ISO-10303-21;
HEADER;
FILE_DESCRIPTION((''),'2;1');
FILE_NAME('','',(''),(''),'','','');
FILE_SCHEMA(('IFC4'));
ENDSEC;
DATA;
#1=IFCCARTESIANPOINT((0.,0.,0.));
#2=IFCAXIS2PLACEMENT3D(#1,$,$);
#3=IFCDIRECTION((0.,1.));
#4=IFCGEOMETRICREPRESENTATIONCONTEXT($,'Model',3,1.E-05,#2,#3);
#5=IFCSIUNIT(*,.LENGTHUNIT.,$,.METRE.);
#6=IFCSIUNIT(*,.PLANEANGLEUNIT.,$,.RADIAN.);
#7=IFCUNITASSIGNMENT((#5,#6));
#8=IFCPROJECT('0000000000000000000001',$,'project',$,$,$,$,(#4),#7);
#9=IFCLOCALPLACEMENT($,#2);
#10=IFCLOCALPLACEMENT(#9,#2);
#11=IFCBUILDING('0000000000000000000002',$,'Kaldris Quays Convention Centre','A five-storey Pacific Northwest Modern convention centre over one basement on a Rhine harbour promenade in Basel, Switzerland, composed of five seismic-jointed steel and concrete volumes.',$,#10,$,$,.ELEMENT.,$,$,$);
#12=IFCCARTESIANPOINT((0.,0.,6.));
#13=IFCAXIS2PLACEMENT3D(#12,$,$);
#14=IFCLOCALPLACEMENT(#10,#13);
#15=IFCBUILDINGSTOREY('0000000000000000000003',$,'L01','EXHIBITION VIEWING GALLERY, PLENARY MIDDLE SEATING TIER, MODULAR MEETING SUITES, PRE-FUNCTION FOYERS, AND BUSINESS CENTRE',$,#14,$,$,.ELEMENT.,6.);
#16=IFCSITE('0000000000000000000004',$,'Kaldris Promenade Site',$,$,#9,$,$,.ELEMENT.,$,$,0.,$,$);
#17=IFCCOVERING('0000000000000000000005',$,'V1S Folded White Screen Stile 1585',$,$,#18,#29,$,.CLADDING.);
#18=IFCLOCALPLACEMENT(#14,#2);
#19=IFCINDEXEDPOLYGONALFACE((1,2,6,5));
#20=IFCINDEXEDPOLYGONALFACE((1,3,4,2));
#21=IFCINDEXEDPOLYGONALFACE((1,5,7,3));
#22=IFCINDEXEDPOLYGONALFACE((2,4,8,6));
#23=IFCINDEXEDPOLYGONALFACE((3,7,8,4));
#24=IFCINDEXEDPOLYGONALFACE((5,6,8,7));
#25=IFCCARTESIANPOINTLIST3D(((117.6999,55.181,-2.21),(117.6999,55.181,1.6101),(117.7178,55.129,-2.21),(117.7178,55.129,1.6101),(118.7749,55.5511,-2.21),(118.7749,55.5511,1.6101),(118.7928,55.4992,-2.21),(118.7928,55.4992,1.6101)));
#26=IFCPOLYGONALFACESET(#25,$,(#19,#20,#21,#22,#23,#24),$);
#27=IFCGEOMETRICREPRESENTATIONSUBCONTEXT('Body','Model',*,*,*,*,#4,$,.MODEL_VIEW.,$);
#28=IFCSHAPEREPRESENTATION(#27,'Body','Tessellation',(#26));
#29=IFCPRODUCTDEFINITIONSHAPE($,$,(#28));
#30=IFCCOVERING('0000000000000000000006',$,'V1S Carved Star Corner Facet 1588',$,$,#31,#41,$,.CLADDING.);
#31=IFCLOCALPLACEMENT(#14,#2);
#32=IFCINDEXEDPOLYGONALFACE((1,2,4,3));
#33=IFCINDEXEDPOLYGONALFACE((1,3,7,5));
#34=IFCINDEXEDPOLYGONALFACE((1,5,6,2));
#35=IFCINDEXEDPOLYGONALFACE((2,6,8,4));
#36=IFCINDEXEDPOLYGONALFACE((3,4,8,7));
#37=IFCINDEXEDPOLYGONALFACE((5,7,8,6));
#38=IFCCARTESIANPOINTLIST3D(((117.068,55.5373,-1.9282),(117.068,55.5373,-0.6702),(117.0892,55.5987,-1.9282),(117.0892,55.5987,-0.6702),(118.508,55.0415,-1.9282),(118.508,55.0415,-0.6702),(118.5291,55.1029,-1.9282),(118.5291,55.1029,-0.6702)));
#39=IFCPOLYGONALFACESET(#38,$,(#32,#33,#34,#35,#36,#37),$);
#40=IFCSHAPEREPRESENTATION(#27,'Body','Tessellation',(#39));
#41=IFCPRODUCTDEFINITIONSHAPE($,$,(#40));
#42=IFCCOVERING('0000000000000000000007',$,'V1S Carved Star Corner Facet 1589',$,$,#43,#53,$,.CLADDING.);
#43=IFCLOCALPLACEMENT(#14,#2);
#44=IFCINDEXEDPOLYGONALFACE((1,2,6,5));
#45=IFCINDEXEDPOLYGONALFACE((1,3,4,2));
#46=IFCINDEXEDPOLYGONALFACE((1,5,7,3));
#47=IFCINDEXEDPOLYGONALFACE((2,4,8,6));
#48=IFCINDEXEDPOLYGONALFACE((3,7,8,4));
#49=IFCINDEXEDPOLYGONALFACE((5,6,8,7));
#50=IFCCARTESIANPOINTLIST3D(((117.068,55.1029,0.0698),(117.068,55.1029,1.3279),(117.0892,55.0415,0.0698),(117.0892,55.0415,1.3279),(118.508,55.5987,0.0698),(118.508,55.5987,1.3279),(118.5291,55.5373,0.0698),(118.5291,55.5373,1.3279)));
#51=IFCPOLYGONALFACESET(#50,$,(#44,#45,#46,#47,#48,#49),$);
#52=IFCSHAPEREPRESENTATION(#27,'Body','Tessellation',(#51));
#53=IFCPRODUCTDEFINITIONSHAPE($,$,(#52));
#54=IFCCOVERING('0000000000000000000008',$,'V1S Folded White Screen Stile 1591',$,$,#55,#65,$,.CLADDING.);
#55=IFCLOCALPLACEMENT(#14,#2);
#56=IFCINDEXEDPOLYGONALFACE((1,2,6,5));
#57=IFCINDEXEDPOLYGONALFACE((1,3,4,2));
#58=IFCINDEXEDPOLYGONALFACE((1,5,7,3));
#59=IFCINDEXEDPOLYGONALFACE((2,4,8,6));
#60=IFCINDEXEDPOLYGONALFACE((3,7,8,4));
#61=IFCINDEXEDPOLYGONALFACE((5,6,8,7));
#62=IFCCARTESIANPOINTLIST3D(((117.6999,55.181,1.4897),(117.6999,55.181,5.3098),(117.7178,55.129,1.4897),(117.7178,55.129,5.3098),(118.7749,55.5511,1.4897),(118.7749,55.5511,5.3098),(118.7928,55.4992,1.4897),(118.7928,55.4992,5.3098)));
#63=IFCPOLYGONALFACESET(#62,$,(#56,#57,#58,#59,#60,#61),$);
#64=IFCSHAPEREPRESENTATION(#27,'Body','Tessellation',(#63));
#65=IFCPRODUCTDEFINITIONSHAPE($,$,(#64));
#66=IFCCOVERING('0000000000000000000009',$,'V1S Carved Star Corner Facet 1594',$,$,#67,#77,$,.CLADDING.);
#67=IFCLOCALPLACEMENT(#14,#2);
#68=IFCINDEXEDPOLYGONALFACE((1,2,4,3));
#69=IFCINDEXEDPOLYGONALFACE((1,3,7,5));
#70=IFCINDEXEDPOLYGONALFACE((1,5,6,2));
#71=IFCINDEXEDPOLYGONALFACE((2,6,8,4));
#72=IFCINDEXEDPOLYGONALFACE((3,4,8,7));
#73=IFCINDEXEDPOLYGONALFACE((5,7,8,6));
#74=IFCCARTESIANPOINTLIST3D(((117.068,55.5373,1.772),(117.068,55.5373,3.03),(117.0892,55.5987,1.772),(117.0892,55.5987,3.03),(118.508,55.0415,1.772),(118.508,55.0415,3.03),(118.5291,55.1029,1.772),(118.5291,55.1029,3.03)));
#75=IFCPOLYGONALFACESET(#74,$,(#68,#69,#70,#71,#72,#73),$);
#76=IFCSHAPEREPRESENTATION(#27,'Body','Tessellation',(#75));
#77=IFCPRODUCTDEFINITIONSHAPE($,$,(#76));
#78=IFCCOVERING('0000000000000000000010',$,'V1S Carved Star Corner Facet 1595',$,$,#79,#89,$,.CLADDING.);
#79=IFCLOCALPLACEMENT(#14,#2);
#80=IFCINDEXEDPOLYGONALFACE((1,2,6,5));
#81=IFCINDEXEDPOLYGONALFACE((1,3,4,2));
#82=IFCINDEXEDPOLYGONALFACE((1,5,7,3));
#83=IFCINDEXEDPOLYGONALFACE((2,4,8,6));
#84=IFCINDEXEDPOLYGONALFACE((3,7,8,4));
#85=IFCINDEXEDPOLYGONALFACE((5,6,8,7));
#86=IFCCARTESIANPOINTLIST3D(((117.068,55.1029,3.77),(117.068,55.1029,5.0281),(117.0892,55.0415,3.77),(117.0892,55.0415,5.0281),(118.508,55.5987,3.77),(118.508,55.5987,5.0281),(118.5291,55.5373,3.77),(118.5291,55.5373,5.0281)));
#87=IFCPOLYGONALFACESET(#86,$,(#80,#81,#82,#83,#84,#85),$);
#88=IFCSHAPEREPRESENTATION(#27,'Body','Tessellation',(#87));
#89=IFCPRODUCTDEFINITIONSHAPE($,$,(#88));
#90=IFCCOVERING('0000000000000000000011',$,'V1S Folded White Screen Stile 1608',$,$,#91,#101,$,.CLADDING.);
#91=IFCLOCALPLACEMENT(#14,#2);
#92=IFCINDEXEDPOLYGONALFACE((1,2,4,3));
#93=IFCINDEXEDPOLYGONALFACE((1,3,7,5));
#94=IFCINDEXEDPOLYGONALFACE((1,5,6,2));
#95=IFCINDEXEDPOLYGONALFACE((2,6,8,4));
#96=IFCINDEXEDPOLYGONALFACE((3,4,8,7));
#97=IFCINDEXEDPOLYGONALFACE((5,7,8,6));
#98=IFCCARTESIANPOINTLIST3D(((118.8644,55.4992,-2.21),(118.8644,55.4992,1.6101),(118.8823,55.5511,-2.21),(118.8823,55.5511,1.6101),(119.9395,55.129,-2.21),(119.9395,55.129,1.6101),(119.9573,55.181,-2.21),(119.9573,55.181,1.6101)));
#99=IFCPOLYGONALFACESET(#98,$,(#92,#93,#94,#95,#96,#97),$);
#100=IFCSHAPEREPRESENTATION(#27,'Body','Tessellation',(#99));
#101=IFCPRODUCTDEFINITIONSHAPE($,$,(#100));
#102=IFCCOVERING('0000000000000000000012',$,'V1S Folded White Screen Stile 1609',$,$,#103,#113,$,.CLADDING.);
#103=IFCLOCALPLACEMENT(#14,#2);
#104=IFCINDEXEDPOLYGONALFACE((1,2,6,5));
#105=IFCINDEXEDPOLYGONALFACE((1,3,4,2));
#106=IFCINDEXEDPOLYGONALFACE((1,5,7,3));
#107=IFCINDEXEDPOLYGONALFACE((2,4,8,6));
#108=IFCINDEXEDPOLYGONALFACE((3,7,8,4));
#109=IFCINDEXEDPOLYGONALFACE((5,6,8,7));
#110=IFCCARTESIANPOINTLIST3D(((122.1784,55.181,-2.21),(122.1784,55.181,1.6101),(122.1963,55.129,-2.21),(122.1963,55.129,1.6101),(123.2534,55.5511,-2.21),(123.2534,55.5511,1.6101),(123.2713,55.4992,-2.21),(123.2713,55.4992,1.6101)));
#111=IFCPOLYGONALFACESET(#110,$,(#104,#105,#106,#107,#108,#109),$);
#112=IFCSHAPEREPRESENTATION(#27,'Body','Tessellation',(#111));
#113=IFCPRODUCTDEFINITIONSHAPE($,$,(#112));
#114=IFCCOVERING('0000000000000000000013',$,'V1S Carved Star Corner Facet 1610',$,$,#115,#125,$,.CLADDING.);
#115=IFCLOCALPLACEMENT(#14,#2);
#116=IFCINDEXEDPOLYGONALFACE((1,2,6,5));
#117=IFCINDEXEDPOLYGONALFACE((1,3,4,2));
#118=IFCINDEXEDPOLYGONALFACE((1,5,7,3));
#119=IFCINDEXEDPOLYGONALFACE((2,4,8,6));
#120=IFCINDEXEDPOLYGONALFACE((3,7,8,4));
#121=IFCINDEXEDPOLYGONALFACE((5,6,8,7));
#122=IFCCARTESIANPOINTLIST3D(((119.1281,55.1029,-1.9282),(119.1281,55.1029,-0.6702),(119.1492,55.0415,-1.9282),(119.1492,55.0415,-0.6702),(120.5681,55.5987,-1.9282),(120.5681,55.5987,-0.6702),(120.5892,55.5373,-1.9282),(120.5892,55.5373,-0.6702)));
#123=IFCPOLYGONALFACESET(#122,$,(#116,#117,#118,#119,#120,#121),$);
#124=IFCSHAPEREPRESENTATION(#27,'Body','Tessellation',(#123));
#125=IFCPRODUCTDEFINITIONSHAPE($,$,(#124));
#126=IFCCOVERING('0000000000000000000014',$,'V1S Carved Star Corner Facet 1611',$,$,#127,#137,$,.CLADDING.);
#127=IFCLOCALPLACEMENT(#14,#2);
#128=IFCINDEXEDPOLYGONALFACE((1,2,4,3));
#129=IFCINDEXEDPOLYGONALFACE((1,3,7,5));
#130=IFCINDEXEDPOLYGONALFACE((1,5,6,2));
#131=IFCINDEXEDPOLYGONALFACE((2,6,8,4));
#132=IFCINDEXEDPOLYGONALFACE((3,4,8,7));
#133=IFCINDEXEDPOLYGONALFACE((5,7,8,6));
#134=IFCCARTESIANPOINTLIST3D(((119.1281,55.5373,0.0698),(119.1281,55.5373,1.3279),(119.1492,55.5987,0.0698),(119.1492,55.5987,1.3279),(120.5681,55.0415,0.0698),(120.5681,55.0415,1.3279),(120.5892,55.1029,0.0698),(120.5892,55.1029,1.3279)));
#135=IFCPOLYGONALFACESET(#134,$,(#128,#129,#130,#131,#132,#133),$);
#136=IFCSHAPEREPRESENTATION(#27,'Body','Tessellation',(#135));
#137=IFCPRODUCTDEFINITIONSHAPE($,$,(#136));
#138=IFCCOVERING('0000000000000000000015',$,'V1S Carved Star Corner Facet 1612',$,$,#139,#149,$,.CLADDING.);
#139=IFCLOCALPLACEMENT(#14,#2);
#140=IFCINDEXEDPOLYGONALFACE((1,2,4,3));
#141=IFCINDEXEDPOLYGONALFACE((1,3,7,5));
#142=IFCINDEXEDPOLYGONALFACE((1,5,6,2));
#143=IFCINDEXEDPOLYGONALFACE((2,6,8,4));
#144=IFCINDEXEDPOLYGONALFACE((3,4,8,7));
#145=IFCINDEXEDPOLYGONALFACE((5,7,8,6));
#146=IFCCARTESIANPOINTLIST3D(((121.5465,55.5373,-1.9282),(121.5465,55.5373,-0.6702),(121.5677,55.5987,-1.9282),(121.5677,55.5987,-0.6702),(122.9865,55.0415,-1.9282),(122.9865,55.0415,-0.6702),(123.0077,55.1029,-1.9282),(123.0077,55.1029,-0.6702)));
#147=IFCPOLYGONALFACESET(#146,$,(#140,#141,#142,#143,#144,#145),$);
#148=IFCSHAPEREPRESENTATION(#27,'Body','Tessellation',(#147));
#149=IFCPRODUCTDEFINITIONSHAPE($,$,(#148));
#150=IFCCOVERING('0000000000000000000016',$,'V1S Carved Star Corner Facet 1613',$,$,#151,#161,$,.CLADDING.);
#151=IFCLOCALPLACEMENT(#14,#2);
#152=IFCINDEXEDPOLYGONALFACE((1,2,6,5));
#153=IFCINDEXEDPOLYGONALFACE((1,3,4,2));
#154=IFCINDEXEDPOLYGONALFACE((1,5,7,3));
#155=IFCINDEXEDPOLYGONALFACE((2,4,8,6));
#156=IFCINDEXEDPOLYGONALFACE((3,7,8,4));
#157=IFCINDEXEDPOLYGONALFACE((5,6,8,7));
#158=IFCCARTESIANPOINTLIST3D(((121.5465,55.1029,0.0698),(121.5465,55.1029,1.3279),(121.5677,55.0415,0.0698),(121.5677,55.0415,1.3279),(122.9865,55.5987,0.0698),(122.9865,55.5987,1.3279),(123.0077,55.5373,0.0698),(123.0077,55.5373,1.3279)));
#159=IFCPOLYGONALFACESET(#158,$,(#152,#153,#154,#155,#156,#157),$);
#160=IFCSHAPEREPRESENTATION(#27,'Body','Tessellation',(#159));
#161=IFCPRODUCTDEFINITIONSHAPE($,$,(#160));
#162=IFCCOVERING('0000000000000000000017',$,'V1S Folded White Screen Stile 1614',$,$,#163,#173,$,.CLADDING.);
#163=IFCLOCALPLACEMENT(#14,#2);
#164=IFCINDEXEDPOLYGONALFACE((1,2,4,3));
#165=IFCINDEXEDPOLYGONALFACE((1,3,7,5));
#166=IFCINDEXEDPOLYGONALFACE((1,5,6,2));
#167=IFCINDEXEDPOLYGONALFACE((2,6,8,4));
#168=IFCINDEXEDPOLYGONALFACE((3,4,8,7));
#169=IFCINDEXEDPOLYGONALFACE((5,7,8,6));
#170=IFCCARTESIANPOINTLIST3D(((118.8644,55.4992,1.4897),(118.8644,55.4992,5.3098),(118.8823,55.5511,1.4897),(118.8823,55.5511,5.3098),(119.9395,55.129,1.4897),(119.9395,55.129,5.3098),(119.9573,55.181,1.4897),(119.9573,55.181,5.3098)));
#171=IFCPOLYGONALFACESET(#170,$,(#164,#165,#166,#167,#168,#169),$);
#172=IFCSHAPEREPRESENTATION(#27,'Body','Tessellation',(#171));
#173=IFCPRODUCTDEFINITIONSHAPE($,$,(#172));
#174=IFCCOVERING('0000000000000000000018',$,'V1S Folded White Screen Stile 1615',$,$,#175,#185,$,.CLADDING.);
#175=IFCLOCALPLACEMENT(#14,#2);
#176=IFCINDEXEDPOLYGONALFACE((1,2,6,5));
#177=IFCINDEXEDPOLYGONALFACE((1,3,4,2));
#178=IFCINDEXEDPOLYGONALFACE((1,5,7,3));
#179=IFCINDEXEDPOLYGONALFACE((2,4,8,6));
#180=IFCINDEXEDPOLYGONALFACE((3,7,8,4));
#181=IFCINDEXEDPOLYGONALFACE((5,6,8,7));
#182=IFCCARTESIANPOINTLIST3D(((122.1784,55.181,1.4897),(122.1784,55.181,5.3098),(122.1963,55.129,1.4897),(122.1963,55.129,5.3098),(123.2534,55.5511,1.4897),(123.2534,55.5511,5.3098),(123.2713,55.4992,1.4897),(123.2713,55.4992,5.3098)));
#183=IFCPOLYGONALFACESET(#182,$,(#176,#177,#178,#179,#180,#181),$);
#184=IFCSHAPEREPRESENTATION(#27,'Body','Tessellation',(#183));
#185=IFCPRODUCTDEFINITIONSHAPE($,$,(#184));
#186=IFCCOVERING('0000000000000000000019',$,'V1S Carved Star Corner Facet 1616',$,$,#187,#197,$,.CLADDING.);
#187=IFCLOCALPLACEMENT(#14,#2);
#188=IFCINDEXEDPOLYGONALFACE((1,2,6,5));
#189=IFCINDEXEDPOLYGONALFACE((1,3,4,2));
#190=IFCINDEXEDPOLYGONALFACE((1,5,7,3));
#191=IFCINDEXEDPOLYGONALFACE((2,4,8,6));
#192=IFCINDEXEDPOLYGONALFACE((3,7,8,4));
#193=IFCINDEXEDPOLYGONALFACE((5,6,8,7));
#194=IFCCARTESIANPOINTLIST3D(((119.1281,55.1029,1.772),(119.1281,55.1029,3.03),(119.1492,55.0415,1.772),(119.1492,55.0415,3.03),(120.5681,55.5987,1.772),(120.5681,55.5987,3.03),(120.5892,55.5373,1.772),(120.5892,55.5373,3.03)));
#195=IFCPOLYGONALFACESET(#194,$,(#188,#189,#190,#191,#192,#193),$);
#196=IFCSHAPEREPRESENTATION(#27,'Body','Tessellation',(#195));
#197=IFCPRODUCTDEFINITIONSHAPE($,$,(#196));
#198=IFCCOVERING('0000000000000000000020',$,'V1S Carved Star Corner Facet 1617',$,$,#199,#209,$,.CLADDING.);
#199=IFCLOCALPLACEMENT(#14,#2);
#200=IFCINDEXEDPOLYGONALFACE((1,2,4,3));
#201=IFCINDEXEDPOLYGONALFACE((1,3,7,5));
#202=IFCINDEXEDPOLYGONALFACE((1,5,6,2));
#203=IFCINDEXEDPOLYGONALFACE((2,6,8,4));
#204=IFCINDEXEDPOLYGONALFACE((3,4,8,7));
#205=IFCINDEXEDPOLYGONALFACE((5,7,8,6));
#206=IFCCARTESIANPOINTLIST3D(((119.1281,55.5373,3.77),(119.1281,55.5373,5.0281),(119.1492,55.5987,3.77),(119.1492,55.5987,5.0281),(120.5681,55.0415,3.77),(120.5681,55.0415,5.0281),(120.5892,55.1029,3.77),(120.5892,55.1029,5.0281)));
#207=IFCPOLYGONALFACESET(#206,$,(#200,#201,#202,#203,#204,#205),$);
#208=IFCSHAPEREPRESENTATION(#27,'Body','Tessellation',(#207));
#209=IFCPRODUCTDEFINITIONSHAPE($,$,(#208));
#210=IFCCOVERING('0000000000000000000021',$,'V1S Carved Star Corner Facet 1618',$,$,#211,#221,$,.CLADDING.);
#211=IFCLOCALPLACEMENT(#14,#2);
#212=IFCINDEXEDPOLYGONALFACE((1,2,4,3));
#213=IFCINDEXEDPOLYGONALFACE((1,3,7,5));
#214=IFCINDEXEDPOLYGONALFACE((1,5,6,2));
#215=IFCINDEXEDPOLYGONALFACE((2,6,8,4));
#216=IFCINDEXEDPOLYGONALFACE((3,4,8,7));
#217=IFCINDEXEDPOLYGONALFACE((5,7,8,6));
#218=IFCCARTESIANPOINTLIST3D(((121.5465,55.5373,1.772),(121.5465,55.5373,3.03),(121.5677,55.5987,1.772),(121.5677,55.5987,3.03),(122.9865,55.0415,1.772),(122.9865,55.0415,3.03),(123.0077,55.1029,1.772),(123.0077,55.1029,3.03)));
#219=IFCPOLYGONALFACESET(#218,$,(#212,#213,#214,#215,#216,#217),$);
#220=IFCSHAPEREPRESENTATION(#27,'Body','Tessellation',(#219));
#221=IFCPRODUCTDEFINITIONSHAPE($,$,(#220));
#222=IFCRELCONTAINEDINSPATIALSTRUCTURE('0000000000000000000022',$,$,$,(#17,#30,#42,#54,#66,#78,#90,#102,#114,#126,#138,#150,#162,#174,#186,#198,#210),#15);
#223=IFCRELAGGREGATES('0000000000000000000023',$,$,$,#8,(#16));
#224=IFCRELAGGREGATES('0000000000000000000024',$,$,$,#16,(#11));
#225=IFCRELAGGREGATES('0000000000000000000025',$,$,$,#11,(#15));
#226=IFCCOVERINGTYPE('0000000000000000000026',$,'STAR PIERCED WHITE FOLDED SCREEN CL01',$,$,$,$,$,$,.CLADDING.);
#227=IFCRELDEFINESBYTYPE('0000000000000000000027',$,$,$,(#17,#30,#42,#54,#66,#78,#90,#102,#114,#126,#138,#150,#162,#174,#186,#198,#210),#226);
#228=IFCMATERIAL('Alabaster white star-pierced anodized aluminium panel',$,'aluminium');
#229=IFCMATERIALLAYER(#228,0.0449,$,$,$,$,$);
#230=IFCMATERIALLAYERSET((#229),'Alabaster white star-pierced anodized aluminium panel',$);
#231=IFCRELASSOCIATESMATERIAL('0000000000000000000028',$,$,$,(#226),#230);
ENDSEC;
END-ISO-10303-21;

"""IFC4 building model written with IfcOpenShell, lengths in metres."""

from ifc_helpers import new_model, si_unit, direction, frame, origin, origin_2d, place, context, subcontext, project, spatial, rectangle, extrude, material, layer, layer_set, type_object, element, save


model = new_model("IFC4")

# Units and contexts
model_context = context("Model", 3, precision=1e-05, world=origin(), true_north=direction((0.0, 1.0)))
body_context = subcontext(model_context, "Body", "Model", "MODEL_VIEW")
ifc_project = project(units=[si_unit("LENGTHUNIT", "METRE"), si_unit("PLANEANGLEUNIT", "RADIAN")], contexts=[model_context])

# Site, building, storey
site_placement = place(None, origin())
site = spatial("IfcSite", under=ifc_project, at=site_placement, Name="Kaldris Promenade Site", CompositionType="ELEMENT", RefElevation=0.0)
building_placement = place(site_placement, origin())
building = spatial("IfcBuilding", under=site, at=building_placement, Name="Kaldris Quays Convention Centre", Description="A five-storey Pacific Northwest Modern convention centre over one basement on a Rhine harbour promenade in Basel, Switzerland, composed of five seismic-jointed steel and concrete volumes.", CompositionType="ELEMENT")
storey_placement = place(building_placement, frame((0.0, 0.0, 6.0)))
storey = spatial("IfcBuildingStorey", under=building, at=storey_placement, Name="L01", Description="EXHIBITION VIEWING GALLERY, PLENARY MIDDLE SEATING TIER, MODULAR MEETING SUITES, PRE-FUNCTION FOYERS, AND BUSINESS CENTRE", CompositionType="ELEMENT", Elevation=6.0)

# Coverings
ifc_material_1 = material(Name="Alabaster white star-pierced anodized aluminium panel", Category="aluminium")
ifc_layer_1 = layer(ifc_material_1, 0.0449)
ifc_layer_set_1 = layer_set([ifc_layer_1], Name="Alabaster white star-pierced anodized aluminium panel")
covering_type = type_object("IfcCoveringType", Name="STAR PIERCED WHITE FOLDED SCREEN CL01", PredefinedType="CLADDING", material=ifc_layer_set_1)
covering_1_placement = place(storey_placement, frame((118.2463, 55.3401, -2.21), z_axis=(0.0, 0.0, 1.0), x_axis=(0.945519, 0.325568, 0.0)))
element("IfcCovering", 1, at=covering_1_placement, inside=storey, type_object=covering_type, Name="V1S Folded White Screen Stile 1585", PredefinedType="CLADDING", context=body_context, shape_type="SweptSolid", body=[
    extrude(rectangle(XDim=1.137, YDim=0.0549, at=origin_2d()), origin(), (0.0, 0.0, 1.0), 3.8201),
])
for number, where, z_axis, x_axis, name in (
    (2, (117.7986, 55.3201, -1.9282), (0.0, 0.0, 1.0), (0.945519, -0.325568, 0.0), "V1S Carved Star Corner Facet 1588"),
    (3, (117.7986, 55.3201, 0.0698), (0.0, 0.0, 1.0), (0.945519, 0.325568, 0.0), "V1S Carved Star Corner Facet 1589"),
):
    element("IfcCovering", number, at=place(storey_placement, frame(where, z_axis=z_axis, x_axis=x_axis)), inside=storey, type_object=covering_type, Name=name, PredefinedType="CLADDING", context=body_context, shape_type="SweptSolid", body=[
        extrude(rectangle(XDim=1.5229, YDim=0.0649, at=origin_2d()), origin(), (0.0, 0.0, 1.0), 1.2581),
    ])
covering_2_placement = place(storey_placement, frame((118.2463, 55.3401, 1.4897), z_axis=(0.0, 0.0, 1.0), x_axis=(0.945519, 0.325568, 0.0)))
element("IfcCovering", 4, at=covering_2_placement, inside=storey, type_object=covering_type, Name="V1S Folded White Screen Stile 1591", PredefinedType="CLADDING", context=body_context, shape_type="SweptSolid", body=[
    extrude(rectangle(XDim=1.137, YDim=0.0549, at=origin_2d()), origin(), (0.0, 0.0, 1.0), 3.8201),
])
for number, where, z_axis, x_axis, name in (
    (5, (117.7986, 55.3201, 1.772), (0.0, 0.0, 1.0), (0.945519, -0.325568, 0.0), "V1S Carved Star Corner Facet 1594"),
    (6, (117.7986, 55.3201, 3.77), (0.0, 0.0, 1.0), (0.945519, 0.325568, 0.0), "V1S Carved Star Corner Facet 1595"),
):
    element("IfcCovering", number, at=place(storey_placement, frame(where, z_axis=z_axis, x_axis=x_axis)), inside=storey, type_object=covering_type, Name=name, PredefinedType="CLADDING", context=body_context, shape_type="SweptSolid", body=[
        extrude(rectangle(XDim=1.5229, YDim=0.0649, at=origin_2d()), origin(), (0.0, 0.0, 1.0), 1.2581),
    ])
for number, where, z_axis, x_axis, name in (
    (7, (119.4109, 55.3401, -2.21), (0.0, 0.0, 1.0), (0.945519, -0.325568, 0.0), "V1S Folded White Screen Stile 1608"),
    (8, (122.7249, 55.3401, -2.21), (0.0, 0.0, 1.0), (0.945519, 0.325568, 0.0), "V1S Folded White Screen Stile 1609"),
):
    element("IfcCovering", number, at=place(storey_placement, frame(where, z_axis=z_axis, x_axis=x_axis)), inside=storey, type_object=covering_type, Name=name, PredefinedType="CLADDING", context=body_context, shape_type="SweptSolid", body=[
        extrude(rectangle(XDim=1.137, YDim=0.0549, at=origin_2d()), origin(), (0.0, 0.0, 1.0), 3.8201),
    ])
for number, where, z_axis, x_axis, name in (
    (9, (119.8586, 55.3201, -1.9282), (0.0, 0.0, 1.0), (0.945519, 0.325568, 0.0), "V1S Carved Star Corner Facet 1610"),
    (10, (119.8586, 55.3201, 0.0698), (0.0, 0.0, 1.0), (0.945519, -0.325568, 0.0), "V1S Carved Star Corner Facet 1611"),
    (11, (122.2771, 55.3201, -1.9282), (0.0, 0.0, 1.0), (0.945519, -0.325568, 0.0), "V1S Carved Star Corner Facet 1612"),
    (12, (122.2771, 55.3201, 0.0698), (0.0, 0.0, 1.0), (0.945519, 0.325568, 0.0), "V1S Carved Star Corner Facet 1613"),
):
    element("IfcCovering", number, at=place(storey_placement, frame(where, z_axis=z_axis, x_axis=x_axis)), inside=storey, type_object=covering_type, Name=name, PredefinedType="CLADDING", context=body_context, shape_type="SweptSolid", body=[
        extrude(rectangle(XDim=1.5229, YDim=0.0649, at=origin_2d()), origin(), (0.0, 0.0, 1.0), 1.2581),
    ])
for number, where, z_axis, x_axis, name in (
    (13, (119.4109, 55.3401, 1.4897), (0.0, 0.0, 1.0), (0.945519, -0.325568, 0.0), "V1S Folded White Screen Stile 1614"),
    (14, (122.7249, 55.3401, 1.4897), (0.0, 0.0, 1.0), (0.945519, 0.325568, 0.0), "V1S Folded White Screen Stile 1615"),
):
    element("IfcCovering", number, at=place(storey_placement, frame(where, z_axis=z_axis, x_axis=x_axis)), inside=storey, type_object=covering_type, Name=name, PredefinedType="CLADDING", context=body_context, shape_type="SweptSolid", body=[
        extrude(rectangle(XDim=1.137, YDim=0.0549, at=origin_2d()), origin(), (0.0, 0.0, 1.0), 3.8201),
    ])
for number, where, z_axis, x_axis, name in (
    (15, (119.8586, 55.3201, 1.772), (0.0, 0.0, 1.0), (0.945519, 0.325568, 0.0), "V1S Carved Star Corner Facet 1616"),
    (16, (119.8586, 55.3201, 3.77), (0.0, 0.0, 1.0), (0.945519, -0.325568, 0.0), "V1S Carved Star Corner Facet 1617"),
    (17, (122.2771, 55.3201, 1.772), (0.0, 0.0, 1.0), (0.945519, -0.325568, 0.0), "V1S Carved Star Corner Facet 1618"),
):
    element("IfcCovering", number, at=place(storey_placement, frame(where, z_axis=z_axis, x_axis=x_axis)), inside=storey, type_object=covering_type, Name=name, PredefinedType="CLADDING", context=body_context, shape_type="SweptSolid", body=[
        extrude(rectangle(XDim=1.5229, YDim=0.0649, at=origin_2d()), origin(), (0.0, 0.0, 1.0), 1.2581),
    ])

save(model, "model.ifc")
